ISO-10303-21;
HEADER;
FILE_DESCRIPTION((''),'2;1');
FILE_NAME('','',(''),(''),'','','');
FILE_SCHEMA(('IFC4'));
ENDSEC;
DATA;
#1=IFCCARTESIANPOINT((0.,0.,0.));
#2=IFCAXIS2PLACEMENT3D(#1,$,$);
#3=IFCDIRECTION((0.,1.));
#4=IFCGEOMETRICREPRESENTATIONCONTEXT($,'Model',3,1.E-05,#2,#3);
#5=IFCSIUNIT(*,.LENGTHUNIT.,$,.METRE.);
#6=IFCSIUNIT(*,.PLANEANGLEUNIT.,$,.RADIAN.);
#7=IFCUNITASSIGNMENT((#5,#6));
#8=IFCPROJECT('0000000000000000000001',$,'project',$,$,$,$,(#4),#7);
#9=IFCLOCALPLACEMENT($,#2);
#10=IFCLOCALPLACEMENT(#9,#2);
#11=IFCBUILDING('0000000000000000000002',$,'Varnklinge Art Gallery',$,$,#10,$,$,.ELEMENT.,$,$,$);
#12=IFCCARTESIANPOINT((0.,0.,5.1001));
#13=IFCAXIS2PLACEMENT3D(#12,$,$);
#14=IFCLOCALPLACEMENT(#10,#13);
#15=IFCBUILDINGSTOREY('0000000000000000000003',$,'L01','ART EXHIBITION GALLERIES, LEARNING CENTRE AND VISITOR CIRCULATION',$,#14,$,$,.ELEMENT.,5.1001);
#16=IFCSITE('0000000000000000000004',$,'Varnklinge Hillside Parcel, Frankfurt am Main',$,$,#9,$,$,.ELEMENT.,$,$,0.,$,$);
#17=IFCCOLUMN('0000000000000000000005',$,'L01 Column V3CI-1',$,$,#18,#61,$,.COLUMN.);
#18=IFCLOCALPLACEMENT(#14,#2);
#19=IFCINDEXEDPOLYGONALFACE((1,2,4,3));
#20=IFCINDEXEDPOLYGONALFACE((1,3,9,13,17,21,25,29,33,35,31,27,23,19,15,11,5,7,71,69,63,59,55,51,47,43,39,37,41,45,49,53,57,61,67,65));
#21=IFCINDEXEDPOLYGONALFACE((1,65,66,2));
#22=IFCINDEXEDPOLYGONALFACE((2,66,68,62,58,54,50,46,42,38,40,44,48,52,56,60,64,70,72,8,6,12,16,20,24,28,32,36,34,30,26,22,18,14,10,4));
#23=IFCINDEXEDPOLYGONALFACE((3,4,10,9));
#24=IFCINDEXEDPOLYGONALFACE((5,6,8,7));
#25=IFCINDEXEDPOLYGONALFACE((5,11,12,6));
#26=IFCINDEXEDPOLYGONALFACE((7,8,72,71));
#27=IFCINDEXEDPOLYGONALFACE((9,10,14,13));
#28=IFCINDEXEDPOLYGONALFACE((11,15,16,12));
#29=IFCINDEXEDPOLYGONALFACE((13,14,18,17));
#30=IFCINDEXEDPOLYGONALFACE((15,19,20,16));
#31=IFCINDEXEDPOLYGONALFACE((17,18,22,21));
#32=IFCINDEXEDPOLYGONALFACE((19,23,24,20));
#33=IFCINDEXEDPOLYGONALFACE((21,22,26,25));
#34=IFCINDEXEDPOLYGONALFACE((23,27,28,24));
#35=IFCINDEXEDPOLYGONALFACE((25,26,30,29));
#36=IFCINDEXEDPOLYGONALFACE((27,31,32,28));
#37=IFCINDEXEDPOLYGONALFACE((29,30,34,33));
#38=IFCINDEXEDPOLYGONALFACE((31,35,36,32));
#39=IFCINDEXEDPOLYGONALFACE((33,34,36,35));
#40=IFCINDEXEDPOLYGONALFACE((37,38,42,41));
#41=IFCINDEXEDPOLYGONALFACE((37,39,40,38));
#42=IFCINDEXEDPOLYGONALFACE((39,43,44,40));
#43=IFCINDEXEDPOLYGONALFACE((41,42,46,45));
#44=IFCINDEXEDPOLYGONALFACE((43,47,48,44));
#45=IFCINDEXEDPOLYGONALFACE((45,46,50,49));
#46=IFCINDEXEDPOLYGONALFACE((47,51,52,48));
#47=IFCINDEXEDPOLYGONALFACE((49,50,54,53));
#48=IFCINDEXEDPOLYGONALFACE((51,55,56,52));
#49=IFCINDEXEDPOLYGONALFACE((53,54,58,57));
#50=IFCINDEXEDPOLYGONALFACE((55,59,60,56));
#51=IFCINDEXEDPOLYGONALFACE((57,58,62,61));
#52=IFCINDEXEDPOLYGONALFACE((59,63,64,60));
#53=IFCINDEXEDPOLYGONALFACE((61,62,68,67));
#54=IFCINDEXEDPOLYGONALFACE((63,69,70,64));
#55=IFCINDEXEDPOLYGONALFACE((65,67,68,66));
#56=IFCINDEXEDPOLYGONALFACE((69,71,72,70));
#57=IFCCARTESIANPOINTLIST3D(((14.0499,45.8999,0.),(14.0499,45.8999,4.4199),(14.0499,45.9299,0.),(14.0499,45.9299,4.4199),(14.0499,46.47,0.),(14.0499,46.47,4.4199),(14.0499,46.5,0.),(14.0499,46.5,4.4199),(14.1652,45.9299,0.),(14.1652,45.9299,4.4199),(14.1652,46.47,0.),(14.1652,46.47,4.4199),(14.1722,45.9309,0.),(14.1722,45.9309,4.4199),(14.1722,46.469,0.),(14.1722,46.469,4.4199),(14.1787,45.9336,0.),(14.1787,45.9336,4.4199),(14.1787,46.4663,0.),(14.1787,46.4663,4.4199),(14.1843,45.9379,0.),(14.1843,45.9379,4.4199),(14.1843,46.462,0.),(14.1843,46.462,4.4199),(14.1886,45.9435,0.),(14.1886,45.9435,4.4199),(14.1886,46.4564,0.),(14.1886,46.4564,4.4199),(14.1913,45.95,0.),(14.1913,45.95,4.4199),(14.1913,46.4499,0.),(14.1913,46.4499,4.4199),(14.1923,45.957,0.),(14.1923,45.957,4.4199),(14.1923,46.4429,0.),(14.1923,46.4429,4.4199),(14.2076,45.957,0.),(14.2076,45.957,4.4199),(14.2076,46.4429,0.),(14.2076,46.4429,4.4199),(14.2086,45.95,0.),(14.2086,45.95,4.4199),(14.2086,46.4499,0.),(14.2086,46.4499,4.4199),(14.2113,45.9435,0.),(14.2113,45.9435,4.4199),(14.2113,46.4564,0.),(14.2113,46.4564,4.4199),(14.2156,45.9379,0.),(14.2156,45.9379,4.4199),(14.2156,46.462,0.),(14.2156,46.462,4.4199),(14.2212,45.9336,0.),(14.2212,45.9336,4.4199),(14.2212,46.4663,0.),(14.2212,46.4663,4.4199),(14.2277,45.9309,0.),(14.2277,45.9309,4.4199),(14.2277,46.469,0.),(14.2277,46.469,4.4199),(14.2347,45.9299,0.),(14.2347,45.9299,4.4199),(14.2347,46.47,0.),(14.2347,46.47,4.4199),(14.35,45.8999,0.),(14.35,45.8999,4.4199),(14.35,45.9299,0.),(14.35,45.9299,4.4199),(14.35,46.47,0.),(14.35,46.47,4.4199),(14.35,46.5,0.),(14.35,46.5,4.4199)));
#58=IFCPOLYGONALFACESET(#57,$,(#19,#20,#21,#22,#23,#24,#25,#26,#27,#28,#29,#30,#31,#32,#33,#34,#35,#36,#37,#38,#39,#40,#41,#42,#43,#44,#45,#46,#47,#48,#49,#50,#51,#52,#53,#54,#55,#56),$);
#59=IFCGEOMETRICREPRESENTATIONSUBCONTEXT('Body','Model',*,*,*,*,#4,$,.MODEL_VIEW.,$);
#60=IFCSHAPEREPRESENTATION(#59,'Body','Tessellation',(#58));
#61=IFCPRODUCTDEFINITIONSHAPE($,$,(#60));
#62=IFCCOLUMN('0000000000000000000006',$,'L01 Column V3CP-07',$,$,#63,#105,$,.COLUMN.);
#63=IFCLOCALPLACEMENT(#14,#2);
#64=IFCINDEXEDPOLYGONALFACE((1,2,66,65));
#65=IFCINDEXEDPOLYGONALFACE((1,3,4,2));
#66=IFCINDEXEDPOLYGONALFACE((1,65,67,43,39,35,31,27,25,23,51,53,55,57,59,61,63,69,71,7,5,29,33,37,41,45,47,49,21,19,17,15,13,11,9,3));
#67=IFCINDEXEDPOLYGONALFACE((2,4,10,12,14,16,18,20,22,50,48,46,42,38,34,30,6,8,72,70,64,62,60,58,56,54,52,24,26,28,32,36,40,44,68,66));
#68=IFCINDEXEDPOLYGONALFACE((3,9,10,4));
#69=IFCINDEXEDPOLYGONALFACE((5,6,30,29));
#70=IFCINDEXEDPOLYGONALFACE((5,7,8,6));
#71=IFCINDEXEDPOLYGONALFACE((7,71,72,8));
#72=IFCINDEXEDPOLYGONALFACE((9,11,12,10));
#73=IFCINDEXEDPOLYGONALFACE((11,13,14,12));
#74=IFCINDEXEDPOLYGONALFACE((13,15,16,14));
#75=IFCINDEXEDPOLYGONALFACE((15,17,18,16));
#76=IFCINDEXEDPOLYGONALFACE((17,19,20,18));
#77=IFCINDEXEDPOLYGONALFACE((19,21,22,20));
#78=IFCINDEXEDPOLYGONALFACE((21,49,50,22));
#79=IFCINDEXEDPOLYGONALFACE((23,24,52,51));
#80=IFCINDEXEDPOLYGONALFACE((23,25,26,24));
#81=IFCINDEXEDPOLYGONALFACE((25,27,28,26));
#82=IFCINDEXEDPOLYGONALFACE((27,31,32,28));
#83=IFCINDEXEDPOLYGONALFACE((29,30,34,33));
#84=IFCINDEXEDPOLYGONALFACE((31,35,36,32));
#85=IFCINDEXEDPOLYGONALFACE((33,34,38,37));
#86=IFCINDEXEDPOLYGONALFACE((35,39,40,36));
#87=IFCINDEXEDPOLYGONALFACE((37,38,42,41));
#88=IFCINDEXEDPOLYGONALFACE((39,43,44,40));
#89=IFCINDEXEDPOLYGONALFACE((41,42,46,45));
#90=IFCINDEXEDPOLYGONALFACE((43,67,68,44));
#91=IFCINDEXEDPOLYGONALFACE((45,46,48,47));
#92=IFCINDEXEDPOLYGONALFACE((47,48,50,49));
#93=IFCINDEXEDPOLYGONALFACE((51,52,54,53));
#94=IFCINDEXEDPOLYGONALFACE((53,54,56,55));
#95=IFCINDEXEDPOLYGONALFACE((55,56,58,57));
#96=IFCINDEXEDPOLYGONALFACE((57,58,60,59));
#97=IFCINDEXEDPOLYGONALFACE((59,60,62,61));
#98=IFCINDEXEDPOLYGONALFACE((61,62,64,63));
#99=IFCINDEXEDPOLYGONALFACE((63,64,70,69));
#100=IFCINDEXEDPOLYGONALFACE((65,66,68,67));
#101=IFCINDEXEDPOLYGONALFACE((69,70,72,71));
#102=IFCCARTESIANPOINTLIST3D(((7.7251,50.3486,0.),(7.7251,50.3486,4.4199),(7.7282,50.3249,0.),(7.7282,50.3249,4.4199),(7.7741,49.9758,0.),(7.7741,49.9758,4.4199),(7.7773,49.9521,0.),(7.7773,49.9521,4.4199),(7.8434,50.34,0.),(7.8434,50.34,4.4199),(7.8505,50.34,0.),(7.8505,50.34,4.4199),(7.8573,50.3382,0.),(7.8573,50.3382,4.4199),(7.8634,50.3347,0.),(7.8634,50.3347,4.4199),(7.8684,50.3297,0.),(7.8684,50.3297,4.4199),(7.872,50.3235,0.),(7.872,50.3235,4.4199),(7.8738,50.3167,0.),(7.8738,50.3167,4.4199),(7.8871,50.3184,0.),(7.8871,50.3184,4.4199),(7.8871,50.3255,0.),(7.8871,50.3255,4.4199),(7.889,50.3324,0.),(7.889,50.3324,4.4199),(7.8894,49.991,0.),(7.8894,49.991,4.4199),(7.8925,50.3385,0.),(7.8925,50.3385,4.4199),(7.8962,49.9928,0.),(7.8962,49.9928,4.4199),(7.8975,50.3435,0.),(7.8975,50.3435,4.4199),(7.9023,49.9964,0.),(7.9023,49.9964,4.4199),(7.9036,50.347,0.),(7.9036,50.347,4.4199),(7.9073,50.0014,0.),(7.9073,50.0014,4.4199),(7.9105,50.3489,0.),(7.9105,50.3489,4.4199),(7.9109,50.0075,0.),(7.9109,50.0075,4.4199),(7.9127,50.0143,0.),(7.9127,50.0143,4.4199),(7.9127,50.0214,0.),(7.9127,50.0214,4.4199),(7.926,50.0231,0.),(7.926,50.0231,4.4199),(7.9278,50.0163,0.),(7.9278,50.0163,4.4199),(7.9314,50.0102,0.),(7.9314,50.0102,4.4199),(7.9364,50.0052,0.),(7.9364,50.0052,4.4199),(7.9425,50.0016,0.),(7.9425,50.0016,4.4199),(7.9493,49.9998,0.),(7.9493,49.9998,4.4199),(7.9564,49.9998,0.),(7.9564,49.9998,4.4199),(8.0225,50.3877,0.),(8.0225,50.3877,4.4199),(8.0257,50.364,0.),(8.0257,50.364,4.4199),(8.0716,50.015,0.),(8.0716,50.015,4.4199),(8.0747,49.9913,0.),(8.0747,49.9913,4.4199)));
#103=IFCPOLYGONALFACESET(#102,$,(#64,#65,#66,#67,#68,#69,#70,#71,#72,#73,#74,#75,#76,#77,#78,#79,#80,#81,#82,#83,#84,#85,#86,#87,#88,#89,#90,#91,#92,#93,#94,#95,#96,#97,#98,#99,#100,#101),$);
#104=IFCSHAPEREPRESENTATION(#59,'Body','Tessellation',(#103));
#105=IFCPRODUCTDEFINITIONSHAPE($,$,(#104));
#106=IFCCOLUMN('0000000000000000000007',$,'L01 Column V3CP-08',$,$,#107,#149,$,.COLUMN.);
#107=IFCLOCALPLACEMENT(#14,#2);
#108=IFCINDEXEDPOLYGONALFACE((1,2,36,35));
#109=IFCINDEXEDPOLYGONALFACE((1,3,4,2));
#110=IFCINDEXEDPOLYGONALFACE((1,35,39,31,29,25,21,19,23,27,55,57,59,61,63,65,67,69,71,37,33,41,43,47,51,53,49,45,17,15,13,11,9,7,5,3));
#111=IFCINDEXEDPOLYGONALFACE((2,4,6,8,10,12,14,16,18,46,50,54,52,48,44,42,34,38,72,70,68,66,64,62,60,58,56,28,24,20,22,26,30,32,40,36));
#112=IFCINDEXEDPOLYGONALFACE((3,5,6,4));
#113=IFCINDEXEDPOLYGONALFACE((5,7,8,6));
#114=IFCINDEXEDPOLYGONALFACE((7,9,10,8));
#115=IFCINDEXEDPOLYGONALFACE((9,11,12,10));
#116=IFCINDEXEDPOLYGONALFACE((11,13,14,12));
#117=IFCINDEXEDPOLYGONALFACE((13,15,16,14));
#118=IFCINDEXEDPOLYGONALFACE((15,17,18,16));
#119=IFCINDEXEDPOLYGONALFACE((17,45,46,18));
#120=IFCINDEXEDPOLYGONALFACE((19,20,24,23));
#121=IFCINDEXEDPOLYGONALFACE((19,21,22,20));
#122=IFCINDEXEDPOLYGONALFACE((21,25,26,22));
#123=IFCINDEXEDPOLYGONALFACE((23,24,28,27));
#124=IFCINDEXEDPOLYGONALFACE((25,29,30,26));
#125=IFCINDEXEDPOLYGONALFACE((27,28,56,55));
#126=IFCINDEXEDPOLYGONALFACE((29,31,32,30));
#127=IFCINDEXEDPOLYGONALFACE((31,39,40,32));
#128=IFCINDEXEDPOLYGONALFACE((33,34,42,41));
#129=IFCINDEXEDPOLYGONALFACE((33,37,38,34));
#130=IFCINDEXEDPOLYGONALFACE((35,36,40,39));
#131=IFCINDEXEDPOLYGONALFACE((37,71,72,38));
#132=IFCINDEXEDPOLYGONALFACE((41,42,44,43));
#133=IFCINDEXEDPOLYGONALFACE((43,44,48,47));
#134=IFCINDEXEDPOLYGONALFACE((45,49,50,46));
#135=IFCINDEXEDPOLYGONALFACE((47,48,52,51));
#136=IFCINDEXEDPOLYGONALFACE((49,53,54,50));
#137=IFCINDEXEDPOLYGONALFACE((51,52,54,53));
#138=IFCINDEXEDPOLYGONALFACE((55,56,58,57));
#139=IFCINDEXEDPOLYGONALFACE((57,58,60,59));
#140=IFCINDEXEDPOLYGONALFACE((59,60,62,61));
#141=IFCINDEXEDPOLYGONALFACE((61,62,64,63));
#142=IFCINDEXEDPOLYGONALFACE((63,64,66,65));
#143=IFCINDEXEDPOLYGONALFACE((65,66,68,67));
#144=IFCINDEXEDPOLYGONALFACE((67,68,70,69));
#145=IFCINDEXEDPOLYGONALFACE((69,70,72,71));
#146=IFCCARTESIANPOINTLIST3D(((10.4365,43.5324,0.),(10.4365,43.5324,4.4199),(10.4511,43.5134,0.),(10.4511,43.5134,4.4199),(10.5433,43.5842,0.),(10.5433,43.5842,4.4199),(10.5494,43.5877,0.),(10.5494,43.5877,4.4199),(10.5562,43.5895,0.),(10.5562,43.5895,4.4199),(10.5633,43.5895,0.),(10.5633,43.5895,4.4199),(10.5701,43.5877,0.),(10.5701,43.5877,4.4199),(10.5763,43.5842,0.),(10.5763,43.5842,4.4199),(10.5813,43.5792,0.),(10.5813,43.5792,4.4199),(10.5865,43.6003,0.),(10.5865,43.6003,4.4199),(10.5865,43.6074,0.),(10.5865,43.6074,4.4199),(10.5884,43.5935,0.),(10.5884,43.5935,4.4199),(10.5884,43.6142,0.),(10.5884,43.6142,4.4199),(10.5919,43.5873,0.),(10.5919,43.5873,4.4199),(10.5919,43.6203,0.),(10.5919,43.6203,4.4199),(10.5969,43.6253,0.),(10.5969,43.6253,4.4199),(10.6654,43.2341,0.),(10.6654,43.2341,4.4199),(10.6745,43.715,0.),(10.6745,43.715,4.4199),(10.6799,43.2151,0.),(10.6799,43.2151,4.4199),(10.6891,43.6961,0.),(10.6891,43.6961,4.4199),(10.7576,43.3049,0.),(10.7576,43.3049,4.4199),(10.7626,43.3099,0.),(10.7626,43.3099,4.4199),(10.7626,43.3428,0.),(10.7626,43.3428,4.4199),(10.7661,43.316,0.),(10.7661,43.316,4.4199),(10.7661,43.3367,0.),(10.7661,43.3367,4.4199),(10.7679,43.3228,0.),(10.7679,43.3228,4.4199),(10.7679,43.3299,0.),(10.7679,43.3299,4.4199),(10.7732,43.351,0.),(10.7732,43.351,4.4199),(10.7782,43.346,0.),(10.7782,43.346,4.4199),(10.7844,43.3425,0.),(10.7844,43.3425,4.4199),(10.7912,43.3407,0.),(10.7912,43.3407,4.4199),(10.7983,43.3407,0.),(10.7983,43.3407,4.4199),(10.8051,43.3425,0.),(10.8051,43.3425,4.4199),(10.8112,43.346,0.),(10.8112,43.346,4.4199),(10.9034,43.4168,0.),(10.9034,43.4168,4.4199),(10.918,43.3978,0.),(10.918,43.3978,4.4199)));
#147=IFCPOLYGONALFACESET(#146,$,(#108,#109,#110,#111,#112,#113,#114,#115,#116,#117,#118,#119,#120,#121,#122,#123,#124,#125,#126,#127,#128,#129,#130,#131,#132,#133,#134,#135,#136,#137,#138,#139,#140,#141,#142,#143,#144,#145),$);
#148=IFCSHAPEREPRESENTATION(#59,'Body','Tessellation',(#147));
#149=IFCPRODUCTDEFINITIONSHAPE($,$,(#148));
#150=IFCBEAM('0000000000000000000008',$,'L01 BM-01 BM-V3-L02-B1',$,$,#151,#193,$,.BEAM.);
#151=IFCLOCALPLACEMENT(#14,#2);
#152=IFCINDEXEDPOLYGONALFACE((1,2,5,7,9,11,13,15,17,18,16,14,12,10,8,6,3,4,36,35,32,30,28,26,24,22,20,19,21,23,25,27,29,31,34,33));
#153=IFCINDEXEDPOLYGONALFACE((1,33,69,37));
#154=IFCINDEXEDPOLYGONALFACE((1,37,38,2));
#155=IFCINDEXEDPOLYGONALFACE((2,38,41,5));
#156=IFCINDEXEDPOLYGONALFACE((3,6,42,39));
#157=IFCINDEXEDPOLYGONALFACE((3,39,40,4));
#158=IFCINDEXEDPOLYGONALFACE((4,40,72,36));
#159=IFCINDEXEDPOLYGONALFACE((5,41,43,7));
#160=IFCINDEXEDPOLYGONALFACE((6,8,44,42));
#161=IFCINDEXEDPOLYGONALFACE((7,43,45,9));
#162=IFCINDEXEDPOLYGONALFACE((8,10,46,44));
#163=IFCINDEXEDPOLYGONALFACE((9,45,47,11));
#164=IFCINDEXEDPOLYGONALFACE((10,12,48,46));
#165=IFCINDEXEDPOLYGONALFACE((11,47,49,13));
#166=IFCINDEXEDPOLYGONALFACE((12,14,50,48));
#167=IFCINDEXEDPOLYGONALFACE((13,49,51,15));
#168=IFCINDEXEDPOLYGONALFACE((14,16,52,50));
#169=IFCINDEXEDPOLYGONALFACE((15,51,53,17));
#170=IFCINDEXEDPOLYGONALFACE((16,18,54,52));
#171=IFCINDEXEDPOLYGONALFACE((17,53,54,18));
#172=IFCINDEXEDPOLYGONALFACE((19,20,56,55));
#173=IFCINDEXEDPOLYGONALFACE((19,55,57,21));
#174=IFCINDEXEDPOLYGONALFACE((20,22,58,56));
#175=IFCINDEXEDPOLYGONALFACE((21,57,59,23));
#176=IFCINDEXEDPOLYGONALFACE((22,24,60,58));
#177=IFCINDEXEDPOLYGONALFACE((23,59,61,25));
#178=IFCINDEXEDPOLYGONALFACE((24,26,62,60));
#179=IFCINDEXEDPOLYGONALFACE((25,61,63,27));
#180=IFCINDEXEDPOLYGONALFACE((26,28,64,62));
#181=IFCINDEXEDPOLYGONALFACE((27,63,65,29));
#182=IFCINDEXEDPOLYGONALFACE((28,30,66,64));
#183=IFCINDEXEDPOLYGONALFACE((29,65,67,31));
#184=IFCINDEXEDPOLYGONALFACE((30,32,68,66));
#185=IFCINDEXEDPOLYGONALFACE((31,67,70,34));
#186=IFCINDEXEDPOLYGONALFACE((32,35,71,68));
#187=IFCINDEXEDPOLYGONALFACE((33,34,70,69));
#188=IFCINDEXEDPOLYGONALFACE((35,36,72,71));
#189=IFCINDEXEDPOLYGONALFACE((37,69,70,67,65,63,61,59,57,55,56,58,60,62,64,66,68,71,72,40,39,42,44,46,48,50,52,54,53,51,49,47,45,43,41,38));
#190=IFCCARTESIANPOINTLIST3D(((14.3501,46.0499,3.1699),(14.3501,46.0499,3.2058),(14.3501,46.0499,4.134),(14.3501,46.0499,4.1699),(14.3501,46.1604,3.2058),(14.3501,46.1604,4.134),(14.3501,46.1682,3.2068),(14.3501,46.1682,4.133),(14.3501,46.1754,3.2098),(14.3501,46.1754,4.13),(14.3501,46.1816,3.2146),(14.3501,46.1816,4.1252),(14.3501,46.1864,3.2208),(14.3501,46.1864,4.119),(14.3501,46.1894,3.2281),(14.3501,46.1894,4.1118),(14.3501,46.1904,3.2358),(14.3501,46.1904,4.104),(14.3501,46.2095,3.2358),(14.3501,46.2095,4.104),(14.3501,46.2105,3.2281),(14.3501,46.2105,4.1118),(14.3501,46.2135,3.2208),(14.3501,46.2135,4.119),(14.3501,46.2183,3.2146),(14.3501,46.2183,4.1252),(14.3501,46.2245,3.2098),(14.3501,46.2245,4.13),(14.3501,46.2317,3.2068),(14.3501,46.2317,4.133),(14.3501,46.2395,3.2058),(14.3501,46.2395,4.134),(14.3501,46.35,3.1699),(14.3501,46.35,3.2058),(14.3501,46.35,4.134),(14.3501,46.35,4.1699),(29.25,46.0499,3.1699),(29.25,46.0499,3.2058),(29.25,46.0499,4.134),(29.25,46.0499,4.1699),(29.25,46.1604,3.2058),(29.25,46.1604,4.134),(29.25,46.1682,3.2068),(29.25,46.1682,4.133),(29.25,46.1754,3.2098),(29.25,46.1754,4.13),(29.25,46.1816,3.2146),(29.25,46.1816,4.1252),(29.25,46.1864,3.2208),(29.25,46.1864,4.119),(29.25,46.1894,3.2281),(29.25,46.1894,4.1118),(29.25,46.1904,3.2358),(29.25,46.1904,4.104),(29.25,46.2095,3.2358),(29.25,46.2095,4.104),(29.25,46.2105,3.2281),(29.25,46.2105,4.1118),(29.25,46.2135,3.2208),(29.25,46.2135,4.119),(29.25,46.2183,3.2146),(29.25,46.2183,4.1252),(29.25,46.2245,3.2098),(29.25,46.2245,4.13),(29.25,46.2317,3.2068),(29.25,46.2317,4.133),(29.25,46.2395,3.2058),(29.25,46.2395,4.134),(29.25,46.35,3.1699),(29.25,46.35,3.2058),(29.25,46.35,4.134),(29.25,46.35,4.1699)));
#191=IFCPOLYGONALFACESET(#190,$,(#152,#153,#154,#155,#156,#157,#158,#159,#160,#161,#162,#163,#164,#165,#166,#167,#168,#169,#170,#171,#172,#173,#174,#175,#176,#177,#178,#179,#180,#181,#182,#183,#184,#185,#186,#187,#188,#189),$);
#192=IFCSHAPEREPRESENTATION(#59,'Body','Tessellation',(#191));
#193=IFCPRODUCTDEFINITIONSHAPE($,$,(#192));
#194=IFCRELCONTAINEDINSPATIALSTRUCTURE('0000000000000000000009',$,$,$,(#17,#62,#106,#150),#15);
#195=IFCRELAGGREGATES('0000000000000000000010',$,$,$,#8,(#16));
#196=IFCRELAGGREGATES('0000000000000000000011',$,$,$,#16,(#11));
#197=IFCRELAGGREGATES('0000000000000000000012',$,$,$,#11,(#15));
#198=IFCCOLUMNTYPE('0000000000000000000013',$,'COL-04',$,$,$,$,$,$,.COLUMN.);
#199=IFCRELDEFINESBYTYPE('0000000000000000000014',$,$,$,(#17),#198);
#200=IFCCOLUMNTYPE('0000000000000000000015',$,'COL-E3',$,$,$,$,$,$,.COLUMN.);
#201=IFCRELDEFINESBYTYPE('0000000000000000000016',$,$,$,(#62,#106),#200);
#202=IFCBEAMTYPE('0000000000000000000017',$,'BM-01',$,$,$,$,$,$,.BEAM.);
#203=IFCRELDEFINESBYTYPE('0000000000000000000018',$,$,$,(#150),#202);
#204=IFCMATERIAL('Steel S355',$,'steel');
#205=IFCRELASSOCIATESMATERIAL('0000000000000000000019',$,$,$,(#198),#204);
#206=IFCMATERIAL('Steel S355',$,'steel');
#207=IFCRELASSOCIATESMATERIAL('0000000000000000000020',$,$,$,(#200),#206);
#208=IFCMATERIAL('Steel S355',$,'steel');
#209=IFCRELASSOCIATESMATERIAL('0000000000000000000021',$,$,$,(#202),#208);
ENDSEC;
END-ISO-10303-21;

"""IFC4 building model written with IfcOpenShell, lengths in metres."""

from ifc_helpers import new_model, si_unit, direction, frame, origin, origin_2d, place, context, subcontext, project, spatial, i_section, extrude, material, material_profile, profile_set, type_object, element, save


model = new_model("IFC4")

# Units and contexts
model_context = context("Model", 3, precision=1e-05, world=origin(), true_north=direction((0.0, 1.0)))
body_context = subcontext(model_context, "Body", "Model", "MODEL_VIEW")
ifc_project = project(units=[si_unit("LENGTHUNIT", "METRE"), si_unit("PLANEANGLEUNIT", "RADIAN")], contexts=[model_context])

# Site, building, storey
site_placement = place(None, origin())
site = spatial("IfcSite", under=ifc_project, at=site_placement, Name="Varnklinge Hillside Parcel, Frankfurt am Main", CompositionType="ELEMENT", RefElevation=0.0)
building_placement = place(site_placement, origin())
building = spatial("IfcBuilding", under=site, at=building_placement, Name="Varnklinge Art Gallery", CompositionType="ELEMENT")
storey_placement = place(building_placement, frame((0.0, 0.0, 5.1001)))
storey = spatial("IfcBuildingStorey", under=building, at=storey_placement, Name="L01", Description="ART EXHIBITION GALLERIES, LEARNING CENTRE AND VISITOR CIRCULATION", CompositionType="ELEMENT", Elevation=5.1001)

# Columns
ifc_material_1 = material(Name="Steel S355", Category="steel")
ifc_material_profile_1 = material_profile(ifc_material_1, i_section(OverallWidth=0.3, OverallDepth=0.6001, WebThickness=0.0154, FlangeThickness=0.03, FilletRadius=0.0271, at=origin_2d()), Name="HEB 600")
ifc_profile_set_1 = profile_set([ifc_material_profile_1], Name="Steel S355")
column_type_1 = type_object("IfcColumnType", Name="COL-04", PredefinedType="COLUMN", material=ifc_profile_set_1)
column_placement = place(storey_placement, frame((14.2, 46.2, 0.0), z_axis=(0.0, 0.0, 1.0), x_axis=(1.0, 0.0, 0.0)))
element("IfcColumn", 1, at=column_placement, inside=storey, type_object=column_type_1, Name="L01 Column V3CI-1", PredefinedType="COLUMN", context=body_context, shape_type="SweptSolid", body=[
    extrude(i_section(OverallWidth=0.3, OverallDepth=0.6001, WebThickness=0.0154, FlangeThickness=0.03, FilletRadius=0.0271, at=origin_2d()), origin(), (0.0, 0.0, 1.0), 4.4199),
])
ifc_material_2 = material(Name="Steel S355", Category="steel")
ifc_material_profile_2 = material_profile(ifc_material_2, i_section(OverallWidth=0.3, OverallDepth=0.3999, WebThickness=0.0134, FlangeThickness=0.0239, FilletRadius=0.0271, at=origin_2d()), Name="HEB 400")
ifc_profile_set_2 = profile_set([ifc_material_profile_2], Name="Steel S355")
column_type_2 = type_object("IfcColumnType", Name="COL-E3", PredefinedType="COLUMN", material=ifc_profile_set_2)
for number, where, z_axis, x_axis, name in (
    (2, (7.8999, 50.1699, 0.0), (0.0, 0.0, 1.0), (-0.991445, -0.130526, 0.0), "L01 Column V3CP-07"),
    (3, (10.6772, 43.4651, 0.0), (0.0, 0.0, 1.0), (-0.793353, -0.608761, 0.0), "L01 Column V3CP-08"),
):
    element("IfcColumn", number, at=place(storey_placement, frame(where, z_axis=z_axis, x_axis=x_axis)), inside=storey, type_object=column_type_2, Name=name, PredefinedType="COLUMN", context=body_context, shape_type="SweptSolid", body=[
        extrude(i_section(OverallWidth=0.3, OverallDepth=0.3999, WebThickness=0.0134, FlangeThickness=0.0239, FilletRadius=0.0271, at=origin_2d()), origin(), (0.0, 0.0, 1.0), 4.4199),
    ])

# Beam
ifc_material_3 = material(Name="Steel S355", Category="steel")
ifc_material_profile_3 = material_profile(ifc_material_3, i_section(OverallWidth=0.3, OverallDepth=1.0, WebThickness=0.019, FlangeThickness=0.0359, FilletRadius=0.03, at=origin_2d()), Name="HEB 1000")
ifc_profile_set_3 = profile_set([ifc_material_profile_3], Name="Steel S355")
beam_type_1 = type_object("IfcBeamType", Name="BM-01", PredefinedType="BEAM", material=ifc_profile_set_3)
beam_1_placement = place(storey_placement, frame((14.3501, 46.2, 3.6699), z_axis=(1.0, 0.0, 0.0), x_axis=(0.0, 1.0, 0.0)))
element("IfcBeam", 4, at=beam_1_placement, inside=storey, type_object=beam_type_1, Name="L01 BM-01 BM-V3-L02-B1", PredefinedType="BEAM", context=body_context, shape_type="SweptSolid", body=[
    extrude(i_section(OverallWidth=0.3, OverallDepth=1.0, WebThickness=0.019, FlangeThickness=0.0359, FilletRadius=0.03, at=origin_2d()), origin(), (0.0, 0.0, 1.0), 14.8999),
])

save(model, "model.ifc")
